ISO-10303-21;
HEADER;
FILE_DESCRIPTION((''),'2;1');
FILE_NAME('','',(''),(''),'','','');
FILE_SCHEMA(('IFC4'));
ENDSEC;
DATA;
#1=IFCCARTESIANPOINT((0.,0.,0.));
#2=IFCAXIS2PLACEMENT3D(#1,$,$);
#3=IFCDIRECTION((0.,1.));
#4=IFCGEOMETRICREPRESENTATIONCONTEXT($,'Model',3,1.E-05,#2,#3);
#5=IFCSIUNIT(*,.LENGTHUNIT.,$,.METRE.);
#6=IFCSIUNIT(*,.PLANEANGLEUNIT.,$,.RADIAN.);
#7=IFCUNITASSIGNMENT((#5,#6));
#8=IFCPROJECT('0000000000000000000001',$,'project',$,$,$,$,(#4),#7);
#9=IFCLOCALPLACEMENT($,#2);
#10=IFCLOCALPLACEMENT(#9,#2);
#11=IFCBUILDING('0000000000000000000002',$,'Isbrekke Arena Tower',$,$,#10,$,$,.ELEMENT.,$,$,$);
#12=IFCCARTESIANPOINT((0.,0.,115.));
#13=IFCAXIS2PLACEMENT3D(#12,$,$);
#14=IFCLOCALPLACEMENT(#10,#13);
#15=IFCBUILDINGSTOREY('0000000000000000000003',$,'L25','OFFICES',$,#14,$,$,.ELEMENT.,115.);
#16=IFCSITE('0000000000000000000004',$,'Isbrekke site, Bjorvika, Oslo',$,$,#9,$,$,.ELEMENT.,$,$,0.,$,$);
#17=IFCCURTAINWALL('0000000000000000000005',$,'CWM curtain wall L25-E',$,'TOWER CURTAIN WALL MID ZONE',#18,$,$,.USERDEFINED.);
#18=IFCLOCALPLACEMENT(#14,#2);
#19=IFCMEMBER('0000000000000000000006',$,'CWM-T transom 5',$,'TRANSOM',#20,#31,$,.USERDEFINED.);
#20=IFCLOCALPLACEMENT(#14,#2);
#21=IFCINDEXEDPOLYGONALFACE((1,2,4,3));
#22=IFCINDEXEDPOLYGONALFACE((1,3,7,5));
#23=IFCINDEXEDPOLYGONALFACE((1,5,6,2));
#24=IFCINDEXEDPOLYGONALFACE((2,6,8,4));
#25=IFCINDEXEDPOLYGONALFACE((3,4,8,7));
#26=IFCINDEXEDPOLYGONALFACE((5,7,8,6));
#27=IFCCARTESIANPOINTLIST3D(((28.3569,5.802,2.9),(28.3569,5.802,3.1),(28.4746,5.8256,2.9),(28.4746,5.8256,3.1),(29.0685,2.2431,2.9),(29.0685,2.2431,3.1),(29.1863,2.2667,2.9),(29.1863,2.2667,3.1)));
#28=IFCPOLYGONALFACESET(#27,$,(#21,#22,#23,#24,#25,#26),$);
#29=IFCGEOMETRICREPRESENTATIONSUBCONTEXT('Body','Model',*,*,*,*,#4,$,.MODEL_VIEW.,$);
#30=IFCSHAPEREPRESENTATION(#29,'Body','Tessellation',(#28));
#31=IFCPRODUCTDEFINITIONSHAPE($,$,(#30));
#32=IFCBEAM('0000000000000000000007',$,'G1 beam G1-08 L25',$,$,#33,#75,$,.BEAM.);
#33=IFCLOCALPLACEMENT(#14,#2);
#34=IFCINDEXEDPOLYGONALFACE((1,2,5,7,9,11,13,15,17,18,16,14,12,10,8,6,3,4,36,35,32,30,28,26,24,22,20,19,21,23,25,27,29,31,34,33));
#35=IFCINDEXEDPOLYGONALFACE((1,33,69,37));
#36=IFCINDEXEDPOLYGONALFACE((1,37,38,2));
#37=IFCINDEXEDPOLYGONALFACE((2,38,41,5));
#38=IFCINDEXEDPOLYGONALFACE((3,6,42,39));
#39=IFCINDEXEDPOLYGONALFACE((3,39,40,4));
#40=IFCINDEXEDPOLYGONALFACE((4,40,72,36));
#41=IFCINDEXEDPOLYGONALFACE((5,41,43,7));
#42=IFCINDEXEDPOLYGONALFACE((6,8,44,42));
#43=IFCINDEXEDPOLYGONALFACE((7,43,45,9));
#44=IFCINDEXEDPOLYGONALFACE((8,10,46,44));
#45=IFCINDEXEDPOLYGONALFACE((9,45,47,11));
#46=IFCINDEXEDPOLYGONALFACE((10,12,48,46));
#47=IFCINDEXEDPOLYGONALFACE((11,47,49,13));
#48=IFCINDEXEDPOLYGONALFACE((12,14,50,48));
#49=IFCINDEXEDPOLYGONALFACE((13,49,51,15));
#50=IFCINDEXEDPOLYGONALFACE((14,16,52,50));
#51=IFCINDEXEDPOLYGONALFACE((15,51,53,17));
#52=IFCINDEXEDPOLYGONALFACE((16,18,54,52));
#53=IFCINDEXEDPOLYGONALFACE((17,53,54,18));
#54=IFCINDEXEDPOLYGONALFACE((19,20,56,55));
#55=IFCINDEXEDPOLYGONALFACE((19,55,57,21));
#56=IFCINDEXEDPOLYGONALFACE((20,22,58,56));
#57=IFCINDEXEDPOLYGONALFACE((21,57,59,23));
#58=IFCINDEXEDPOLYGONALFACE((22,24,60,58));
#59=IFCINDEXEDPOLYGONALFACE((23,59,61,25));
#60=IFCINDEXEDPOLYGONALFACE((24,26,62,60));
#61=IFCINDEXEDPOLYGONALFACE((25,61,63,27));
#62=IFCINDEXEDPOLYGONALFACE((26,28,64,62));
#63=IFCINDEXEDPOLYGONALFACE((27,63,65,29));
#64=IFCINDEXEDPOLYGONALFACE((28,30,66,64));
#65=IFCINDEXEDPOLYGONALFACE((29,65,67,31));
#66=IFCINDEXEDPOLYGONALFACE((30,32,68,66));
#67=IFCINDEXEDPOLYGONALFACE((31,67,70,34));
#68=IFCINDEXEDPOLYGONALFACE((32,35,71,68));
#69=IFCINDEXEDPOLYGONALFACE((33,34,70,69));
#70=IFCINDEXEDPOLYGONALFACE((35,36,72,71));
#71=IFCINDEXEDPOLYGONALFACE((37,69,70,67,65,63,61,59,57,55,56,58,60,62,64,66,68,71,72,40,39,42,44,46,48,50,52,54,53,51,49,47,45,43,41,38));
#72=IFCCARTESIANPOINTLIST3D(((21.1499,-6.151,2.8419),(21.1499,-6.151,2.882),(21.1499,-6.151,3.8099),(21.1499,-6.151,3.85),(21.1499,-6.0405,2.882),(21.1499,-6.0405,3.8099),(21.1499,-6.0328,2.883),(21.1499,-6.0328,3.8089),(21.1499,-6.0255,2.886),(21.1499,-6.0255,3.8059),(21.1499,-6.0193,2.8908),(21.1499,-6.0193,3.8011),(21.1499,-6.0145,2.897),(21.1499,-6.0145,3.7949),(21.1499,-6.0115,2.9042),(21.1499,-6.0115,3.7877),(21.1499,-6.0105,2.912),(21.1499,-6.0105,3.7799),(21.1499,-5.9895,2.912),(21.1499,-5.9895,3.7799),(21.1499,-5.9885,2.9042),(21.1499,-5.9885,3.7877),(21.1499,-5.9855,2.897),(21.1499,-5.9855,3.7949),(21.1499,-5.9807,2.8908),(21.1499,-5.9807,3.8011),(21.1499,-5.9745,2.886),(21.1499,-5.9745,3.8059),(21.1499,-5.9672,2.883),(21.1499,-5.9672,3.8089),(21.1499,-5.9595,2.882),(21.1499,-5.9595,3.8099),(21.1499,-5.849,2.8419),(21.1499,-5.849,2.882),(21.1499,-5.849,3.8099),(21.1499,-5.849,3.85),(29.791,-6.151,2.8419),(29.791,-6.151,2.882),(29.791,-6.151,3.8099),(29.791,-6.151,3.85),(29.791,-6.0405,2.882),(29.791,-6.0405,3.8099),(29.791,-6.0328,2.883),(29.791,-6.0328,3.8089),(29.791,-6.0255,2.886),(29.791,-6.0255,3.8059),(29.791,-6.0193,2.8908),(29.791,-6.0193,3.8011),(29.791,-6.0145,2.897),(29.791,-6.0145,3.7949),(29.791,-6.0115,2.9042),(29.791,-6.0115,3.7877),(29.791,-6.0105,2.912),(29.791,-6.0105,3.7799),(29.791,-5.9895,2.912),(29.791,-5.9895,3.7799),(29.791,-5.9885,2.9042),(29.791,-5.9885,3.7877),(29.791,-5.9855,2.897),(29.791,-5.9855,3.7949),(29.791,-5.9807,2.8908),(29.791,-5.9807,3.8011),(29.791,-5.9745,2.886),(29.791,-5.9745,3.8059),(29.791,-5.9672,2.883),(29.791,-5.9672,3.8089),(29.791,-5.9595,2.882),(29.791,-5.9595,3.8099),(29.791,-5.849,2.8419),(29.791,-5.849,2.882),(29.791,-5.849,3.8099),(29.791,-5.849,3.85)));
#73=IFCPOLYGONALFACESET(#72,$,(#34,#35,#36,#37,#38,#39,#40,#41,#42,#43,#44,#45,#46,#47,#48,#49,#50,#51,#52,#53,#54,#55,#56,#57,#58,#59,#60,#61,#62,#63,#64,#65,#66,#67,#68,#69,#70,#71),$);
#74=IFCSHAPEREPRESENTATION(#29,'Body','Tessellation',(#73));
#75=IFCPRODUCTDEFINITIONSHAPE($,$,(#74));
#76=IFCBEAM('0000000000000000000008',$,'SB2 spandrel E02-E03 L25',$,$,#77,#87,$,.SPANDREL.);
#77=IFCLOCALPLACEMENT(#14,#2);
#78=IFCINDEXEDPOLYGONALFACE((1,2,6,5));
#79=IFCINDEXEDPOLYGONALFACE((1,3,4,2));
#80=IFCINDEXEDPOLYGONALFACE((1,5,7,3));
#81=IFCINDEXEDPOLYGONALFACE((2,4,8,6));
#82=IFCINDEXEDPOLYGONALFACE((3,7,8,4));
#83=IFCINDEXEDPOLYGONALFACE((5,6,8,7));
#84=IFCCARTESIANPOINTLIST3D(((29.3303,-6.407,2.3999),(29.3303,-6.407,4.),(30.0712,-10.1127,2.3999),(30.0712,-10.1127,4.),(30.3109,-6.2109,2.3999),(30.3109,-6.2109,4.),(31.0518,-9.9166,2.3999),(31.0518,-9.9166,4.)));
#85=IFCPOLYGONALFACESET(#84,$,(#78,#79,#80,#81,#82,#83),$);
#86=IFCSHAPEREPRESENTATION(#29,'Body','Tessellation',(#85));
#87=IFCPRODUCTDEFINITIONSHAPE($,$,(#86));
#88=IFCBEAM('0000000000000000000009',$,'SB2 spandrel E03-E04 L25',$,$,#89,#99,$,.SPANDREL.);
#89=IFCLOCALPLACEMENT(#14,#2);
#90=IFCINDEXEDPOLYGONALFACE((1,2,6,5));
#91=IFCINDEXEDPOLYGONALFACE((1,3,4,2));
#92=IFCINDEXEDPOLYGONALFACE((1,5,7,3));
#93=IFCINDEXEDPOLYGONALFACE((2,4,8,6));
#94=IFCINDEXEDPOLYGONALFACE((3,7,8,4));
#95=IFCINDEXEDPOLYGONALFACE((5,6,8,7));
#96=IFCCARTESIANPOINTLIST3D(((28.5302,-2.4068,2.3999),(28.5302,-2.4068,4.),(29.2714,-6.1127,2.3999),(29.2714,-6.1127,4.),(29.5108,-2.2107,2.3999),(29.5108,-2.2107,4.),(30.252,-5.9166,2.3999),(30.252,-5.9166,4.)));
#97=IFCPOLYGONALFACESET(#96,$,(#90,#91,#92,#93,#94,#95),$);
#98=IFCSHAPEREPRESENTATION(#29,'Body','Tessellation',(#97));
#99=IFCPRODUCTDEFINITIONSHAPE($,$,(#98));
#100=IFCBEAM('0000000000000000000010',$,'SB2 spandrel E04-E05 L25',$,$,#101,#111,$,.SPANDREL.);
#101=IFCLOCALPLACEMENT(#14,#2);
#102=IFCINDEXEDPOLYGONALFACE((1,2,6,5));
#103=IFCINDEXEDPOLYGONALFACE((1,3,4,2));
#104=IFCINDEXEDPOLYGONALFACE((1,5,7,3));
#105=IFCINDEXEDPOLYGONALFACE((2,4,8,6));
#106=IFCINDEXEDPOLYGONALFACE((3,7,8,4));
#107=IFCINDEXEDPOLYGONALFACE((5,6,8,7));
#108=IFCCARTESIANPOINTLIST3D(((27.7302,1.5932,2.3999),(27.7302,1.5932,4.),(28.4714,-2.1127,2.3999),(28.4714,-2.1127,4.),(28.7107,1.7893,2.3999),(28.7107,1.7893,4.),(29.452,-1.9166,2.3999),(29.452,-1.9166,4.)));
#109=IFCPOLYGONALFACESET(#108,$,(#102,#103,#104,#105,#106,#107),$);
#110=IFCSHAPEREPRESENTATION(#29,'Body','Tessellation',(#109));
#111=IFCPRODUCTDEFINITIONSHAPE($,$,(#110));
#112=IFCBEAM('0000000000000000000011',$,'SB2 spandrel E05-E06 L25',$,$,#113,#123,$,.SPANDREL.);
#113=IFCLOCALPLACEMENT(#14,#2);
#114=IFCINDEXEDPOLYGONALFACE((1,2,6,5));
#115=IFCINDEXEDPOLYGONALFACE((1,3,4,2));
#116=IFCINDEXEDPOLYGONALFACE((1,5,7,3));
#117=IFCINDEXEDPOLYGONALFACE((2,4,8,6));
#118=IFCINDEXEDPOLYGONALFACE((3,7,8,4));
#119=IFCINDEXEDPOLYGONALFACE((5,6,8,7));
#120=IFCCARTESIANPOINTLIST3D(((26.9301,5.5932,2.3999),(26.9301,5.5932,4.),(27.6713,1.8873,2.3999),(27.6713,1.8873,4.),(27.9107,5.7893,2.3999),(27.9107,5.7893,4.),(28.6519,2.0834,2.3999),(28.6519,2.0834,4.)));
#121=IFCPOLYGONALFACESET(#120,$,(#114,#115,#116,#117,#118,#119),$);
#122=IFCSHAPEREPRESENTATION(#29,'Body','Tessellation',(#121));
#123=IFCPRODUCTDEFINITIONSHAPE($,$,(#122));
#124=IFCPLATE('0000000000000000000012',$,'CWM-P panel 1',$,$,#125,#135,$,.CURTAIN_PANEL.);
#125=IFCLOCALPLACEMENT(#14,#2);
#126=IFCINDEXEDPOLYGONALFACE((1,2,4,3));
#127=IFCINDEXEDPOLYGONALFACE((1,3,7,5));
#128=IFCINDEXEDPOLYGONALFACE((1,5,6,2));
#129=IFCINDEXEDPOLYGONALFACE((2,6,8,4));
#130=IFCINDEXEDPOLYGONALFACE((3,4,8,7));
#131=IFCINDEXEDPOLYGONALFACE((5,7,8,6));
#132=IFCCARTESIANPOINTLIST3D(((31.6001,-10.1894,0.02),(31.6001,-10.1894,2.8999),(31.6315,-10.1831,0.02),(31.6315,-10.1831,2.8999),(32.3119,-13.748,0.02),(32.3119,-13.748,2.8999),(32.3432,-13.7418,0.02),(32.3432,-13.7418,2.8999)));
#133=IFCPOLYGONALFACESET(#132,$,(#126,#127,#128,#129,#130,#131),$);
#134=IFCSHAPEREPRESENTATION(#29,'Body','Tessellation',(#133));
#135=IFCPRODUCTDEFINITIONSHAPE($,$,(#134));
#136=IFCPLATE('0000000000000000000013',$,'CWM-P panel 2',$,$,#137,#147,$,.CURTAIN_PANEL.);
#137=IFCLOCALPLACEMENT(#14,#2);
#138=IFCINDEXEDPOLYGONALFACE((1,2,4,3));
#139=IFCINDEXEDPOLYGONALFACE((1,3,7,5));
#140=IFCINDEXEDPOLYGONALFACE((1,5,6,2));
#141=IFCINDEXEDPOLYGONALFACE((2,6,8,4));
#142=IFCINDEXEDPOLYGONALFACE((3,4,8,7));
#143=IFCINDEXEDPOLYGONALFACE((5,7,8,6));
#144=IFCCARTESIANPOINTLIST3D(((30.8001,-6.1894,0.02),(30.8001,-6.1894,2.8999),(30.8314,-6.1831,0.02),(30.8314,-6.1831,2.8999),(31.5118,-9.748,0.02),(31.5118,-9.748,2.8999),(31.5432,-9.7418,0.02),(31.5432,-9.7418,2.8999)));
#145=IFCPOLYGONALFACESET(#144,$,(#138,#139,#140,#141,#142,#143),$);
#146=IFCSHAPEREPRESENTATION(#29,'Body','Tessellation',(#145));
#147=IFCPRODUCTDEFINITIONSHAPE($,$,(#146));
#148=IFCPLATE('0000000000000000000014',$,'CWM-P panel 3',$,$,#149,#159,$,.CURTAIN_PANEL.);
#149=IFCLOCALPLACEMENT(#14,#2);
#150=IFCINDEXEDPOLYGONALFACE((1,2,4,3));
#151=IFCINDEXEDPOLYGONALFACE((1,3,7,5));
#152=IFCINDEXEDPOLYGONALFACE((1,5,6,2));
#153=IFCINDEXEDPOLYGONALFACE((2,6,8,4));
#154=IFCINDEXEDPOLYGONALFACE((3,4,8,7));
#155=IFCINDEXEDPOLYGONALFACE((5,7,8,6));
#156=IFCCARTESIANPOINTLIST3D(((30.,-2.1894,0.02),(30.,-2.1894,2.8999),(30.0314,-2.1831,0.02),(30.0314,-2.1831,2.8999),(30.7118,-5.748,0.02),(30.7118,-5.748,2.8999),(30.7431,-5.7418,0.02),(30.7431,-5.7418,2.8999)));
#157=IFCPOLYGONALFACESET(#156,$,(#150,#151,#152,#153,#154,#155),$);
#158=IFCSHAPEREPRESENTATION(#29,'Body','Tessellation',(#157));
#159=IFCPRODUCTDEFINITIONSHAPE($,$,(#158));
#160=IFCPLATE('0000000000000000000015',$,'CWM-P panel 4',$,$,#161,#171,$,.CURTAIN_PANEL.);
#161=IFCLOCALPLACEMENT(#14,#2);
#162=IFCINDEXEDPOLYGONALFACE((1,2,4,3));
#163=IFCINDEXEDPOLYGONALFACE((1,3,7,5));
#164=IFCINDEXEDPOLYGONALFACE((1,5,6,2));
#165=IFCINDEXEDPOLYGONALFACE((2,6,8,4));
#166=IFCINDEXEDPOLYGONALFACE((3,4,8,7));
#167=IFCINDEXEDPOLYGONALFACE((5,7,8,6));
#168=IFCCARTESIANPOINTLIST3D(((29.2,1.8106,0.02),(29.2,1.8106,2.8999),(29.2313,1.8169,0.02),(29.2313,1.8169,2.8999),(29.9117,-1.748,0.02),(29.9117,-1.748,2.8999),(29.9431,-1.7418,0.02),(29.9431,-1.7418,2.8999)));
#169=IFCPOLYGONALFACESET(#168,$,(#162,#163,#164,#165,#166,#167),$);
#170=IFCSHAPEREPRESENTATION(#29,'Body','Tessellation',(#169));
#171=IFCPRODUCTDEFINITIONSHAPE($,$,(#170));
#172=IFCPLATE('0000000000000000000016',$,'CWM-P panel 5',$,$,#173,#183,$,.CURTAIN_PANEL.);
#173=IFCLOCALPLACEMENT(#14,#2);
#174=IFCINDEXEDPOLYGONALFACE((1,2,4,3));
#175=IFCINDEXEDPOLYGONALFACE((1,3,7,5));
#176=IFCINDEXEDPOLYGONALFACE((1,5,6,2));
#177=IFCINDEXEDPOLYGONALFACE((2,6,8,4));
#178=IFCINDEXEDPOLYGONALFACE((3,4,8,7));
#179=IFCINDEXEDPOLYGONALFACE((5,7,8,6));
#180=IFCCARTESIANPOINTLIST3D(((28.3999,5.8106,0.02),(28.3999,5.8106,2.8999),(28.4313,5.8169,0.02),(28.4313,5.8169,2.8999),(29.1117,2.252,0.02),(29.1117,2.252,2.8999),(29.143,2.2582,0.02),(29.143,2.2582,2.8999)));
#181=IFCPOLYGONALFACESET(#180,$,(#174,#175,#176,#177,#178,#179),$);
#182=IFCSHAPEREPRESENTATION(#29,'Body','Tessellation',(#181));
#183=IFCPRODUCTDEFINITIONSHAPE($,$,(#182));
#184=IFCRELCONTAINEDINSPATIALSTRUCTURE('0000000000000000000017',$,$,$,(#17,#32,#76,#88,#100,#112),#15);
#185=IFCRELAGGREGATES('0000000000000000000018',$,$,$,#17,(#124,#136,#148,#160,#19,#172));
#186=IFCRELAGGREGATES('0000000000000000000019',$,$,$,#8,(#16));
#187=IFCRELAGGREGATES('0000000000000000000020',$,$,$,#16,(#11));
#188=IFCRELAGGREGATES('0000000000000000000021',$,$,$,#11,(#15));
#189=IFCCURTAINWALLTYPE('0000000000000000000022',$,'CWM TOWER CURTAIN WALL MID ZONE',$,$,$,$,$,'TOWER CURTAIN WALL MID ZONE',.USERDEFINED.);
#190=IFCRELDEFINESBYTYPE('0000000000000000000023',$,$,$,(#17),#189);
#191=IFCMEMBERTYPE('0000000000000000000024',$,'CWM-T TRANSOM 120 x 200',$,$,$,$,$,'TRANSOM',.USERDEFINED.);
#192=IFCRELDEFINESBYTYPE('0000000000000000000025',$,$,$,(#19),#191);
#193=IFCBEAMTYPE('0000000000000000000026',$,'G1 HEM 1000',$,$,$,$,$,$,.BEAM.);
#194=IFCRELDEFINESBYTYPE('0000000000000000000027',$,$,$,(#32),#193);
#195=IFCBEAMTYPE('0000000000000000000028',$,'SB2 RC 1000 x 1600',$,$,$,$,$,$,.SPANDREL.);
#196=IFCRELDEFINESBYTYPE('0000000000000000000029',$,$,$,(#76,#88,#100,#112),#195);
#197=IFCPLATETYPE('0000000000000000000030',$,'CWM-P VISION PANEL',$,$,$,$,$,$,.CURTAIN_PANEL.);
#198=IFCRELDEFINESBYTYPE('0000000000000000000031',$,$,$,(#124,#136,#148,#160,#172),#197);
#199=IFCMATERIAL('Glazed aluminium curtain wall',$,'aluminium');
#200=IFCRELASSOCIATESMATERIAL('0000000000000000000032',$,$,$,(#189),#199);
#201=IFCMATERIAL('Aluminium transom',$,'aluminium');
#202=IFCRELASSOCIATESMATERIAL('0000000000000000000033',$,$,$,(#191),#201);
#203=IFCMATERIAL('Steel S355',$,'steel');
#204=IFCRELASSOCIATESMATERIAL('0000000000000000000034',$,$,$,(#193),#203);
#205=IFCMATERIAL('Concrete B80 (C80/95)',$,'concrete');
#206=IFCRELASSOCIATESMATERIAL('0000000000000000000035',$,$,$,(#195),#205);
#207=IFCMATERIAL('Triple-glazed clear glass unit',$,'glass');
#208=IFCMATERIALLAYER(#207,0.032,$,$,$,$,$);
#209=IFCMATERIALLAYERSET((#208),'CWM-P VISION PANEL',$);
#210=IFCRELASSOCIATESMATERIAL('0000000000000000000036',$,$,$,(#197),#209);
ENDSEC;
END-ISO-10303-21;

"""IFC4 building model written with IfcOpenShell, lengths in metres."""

from ifc_helpers import new_model, si_unit, direction, frame, origin, origin_2d, place, context, subcontext, project, spatial, rectangle, i_section, extrude, material, layer, layer_set, material_profile, profile_set, type_object, element, aggregate, save


model = new_model("IFC4")

# Units and contexts
model_context = context("Model", 3, precision=1e-05, world=origin(), true_north=direction((0.0, 1.0)))
body_context = subcontext(model_context, "Body", "Model", "MODEL_VIEW")
ifc_project = project(units=[si_unit("LENGTHUNIT", "METRE"), si_unit("PLANEANGLEUNIT", "RADIAN")], contexts=[model_context])

# Site, building, storey
site_placement = place(None, origin())
site = spatial("IfcSite", under=ifc_project, at=site_placement, Name="Isbrekke site, Bjorvika, Oslo", CompositionType="ELEMENT", RefElevation=0.0)
building_placement = place(site_placement, origin())
building = spatial("IfcBuilding", under=site, at=building_placement, Name="Isbrekke Arena Tower", CompositionType="ELEMENT")
storey_placement = place(building_placement, frame((0.0, 0.0, 115.0)))
storey = spatial("IfcBuildingStorey", under=building, at=storey_placement, Name="L25", Description="OFFICES", CompositionType="ELEMENT", Elevation=115.0)

# Curtain wall, member
ifc_material_1 = material(Name="Glazed aluminium curtain wall", Category="aluminium")
curtain_wall_type = type_object("IfcCurtainWallType", Name="CWM TOWER CURTAIN WALL MID ZONE", ElementType="TOWER CURTAIN WALL MID ZONE", PredefinedType="USERDEFINED", material=ifc_material_1)
curtain_wall_placement = place(storey_placement, origin())
curtain_wall = element("IfcCurtainWall", 1, at=curtain_wall_placement, inside=storey, type_object=curtain_wall_type, Name="CWM curtain wall L25-E", ObjectType="TOWER CURTAIN WALL MID ZONE", PredefinedType="USERDEFINED")
ifc_material_2 = material(Name="Aluminium transom", Category="aluminium")
ifc_material_profile_1 = material_profile(ifc_material_2, rectangle(XDim=0.1201, YDim=0.2, at=origin_2d()), Name="TRANSOM 120X200")
ifc_profile_set_1 = profile_set([ifc_material_profile_1], Name="Aluminium transom")
member_type_1 = type_object("IfcMemberType", Name="CWM-T TRANSOM 120 x 200", ElementType="TRANSOM", PredefinedType="USERDEFINED", material=ifc_profile_set_1)
member_1_placement = place(storey_placement, frame((29.1274, 2.2549, 3.0), z_axis=(-0.19609, 0.980586, 0.0), x_axis=(-0.980586, -0.19609, 0.0)))
member_1 = element("IfcMember", 2, at=member_1_placement, type_object=member_type_1, Name="CWM-T transom 5", ObjectType="TRANSOM", PredefinedType="USERDEFINED", context=body_context, shape_type="SweptSolid", body=[
    extrude(rectangle(XDim=0.1201, YDim=0.2, at=origin_2d()), origin(), (0.0, 0.0, 1.0), 3.6294),
])

# Beams
ifc_material_3 = material(Name="Steel S355", Category="steel")
ifc_material_profile_2 = material_profile(ifc_material_3, i_section(OverallWidth=0.302, OverallDepth=1.0081, WebThickness=0.021, FlangeThickness=0.04, FilletRadius=0.03, at=origin_2d()), Name="HEM 1000")
ifc_profile_set_2 = profile_set([ifc_material_profile_2], Name="Steel S355")
beam_type_1 = type_object("IfcBeamType", Name="G1 HEM 1000", PredefinedType="BEAM", material=ifc_profile_set_2)
beam_1_placement = place(storey_placement, frame((21.1499, -6.0, 3.3459), z_axis=(1.0, 0.0, 0.0), x_axis=(0.0, 1.0, 0.0)))
element("IfcBeam", 3, at=beam_1_placement, inside=storey, type_object=beam_type_1, Name="G1 beam G1-08 L25", PredefinedType="BEAM", context=body_context, shape_type="SweptSolid", body=[
    extrude(i_section(OverallWidth=0.302, OverallDepth=1.0081, WebThickness=0.021, FlangeThickness=0.04, FilletRadius=0.03, at=origin_2d()), origin(), (0.0, 0.0, 1.0), 8.6411),
])
ifc_material_4 = material(Name="Concrete B80 (C80/95)", Category="concrete")
ifc_material_profile_3 = material_profile(ifc_material_4, rectangle(XDim=1.0, YDim=1.6001, at=origin_2d()), Name="RC 1000x1600")
ifc_profile_set_3 = profile_set([ifc_material_profile_3], Name="Concrete B80 (C80/95)")
beam_type_2 = type_object("IfcBeamType", Name="SB2 RC 1000 x 1600", PredefinedType="SPANDREL", material=ifc_profile_set_3)
beam_2_placement = place(storey_placement, frame((30.5615, -10.0146, 3.2), z_axis=(-0.196066, 0.980591, 0.0), x_axis=(-0.980591, -0.196066, 0.0)))
element("IfcBeam", 4, at=beam_2_placement, inside=storey, type_object=beam_type_2, Name="SB2 spandrel E02-E03 L25", PredefinedType="SPANDREL", context=body_context, shape_type="SweptSolid", body=[
    extrude(rectangle(XDim=1.0, YDim=1.6001, at=origin_2d()), origin(), (0.0, 0.0, 1.0), 3.7791),
])
for number, where, z_axis, x_axis, name in (
    (5, (29.7617, -6.0146, 3.2), (-0.196129, 0.980578, 0.0), (-0.980578, -0.196129, 0.0), "SB2 spandrel E03-E04 L25"),
    (6, (28.9617, -2.0146, 3.2), (-0.196129, 0.980578, 0.0), (-0.980578, -0.196129, 0.0), "SB2 spandrel E04-E05 L25"),
    (7, (28.1616, 1.9854, 3.2), (-0.196129, 0.980578, 0.0), (-0.980578, -0.196129, 0.0), "SB2 spandrel E05-E06 L25"),
):
    element("IfcBeam", number, at=place(storey_placement, frame(where, z_axis=z_axis, x_axis=x_axis)), inside=storey, type_object=beam_type_2, Name=name, PredefinedType="SPANDREL", context=body_context, shape_type="SweptSolid", body=[
        extrude(rectangle(XDim=1.0, YDim=1.6001, at=origin_2d()), origin(), (0.0, 0.0, 1.0), 3.7793),
    ])

# Plates
ifc_material_5 = material(Name="Triple-glazed clear glass unit", Category="glass")
ifc_layer_1 = layer(ifc_material_5, 0.032)
ifc_layer_set_1 = layer_set([ifc_layer_1], Name="CWM-P VISION PANEL")
plate_type = type_object("IfcPlateType", Name="CWM-P VISION PANEL", PredefinedType="CURTAIN_PANEL", material=ifc_layer_set_1)
plate_1_placement = place(storey_placement, frame((31.9717, -11.9656, 0.02), z_axis=(0.0, 0.0, 1.0), x_axis=(-0.196116, 0.980581, 0.0)))
plate_1 = element("IfcPlate", 8, at=plate_1_placement, type_object=plate_type, Name="CWM-P panel 1", PredefinedType="CURTAIN_PANEL", context=body_context, shape_type="SweptSolid", body=[
    extrude(rectangle(XDim=3.6292, YDim=0.032, at=origin_2d()), origin(), (0.0, 0.0, 1.0), 2.8799),
])
plate_2_placement = place(storey_placement, frame((31.1716, -7.9656, 0.02), z_axis=(0.0, 0.0, 1.0), x_axis=(-0.196116, 0.980581, 0.0)))
plate_2 = element("IfcPlate", 9, at=plate_2_placement, type_object=plate_type, Name="CWM-P panel 2", PredefinedType="CURTAIN_PANEL", context=body_context, shape_type="SweptSolid", body=[
    extrude(rectangle(XDim=3.6292, YDim=0.032, at=origin_2d()), origin(), (0.0, 0.0, 1.0), 2.8799),
])
plate_3_placement = place(storey_placement, frame((30.3716, -3.9656, 0.02), z_axis=(0.0, 0.0, 1.0), x_axis=(-0.196116, 0.980581, 0.0)))
plate_3 = element("IfcPlate", 10, at=plate_3_placement, type_object=plate_type, Name="CWM-P panel 3", PredefinedType="CURTAIN_PANEL", context=body_context, shape_type="SweptSolid", body=[
    extrude(rectangle(XDim=3.6292, YDim=0.032, at=origin_2d()), origin(), (0.0, 0.0, 1.0), 2.8799),
])
plate_4_placement = place(storey_placement, frame((29.5715, 0.0344, 0.02), z_axis=(0.0, 0.0, 1.0), x_axis=(-0.196116, 0.980581, 0.0)))
plate_4 = element("IfcPlate", 11, at=plate_4_placement, type_object=plate_type, Name="CWM-P panel 4", PredefinedType="CURTAIN_PANEL", context=body_context, shape_type="SweptSolid", body=[
    extrude(rectangle(XDim=3.6292, YDim=0.032, at=origin_2d()), origin(), (0.0, 0.0, 1.0), 2.8799),
])
plate_5_placement = place(storey_placement, frame((28.7715, 4.0344, 0.02), z_axis=(0.0, 0.0, 1.0), x_axis=(-0.196116, 0.980581, 0.0)))
plate_5 = element("IfcPlate", 12, at=plate_5_placement, type_object=plate_type, Name="CWM-P panel 5", PredefinedType="CURTAIN_PANEL", context=body_context, shape_type="SweptSolid", body=[
    extrude(rectangle(XDim=3.6292, YDim=0.032, at=origin_2d()), origin(), (0.0, 0.0, 1.0), 2.8799),
])
aggregate(curtain_wall, [plate_1, plate_2, plate_3, plate_4, member_1, plate_5])

save(model, "model.ifc")
